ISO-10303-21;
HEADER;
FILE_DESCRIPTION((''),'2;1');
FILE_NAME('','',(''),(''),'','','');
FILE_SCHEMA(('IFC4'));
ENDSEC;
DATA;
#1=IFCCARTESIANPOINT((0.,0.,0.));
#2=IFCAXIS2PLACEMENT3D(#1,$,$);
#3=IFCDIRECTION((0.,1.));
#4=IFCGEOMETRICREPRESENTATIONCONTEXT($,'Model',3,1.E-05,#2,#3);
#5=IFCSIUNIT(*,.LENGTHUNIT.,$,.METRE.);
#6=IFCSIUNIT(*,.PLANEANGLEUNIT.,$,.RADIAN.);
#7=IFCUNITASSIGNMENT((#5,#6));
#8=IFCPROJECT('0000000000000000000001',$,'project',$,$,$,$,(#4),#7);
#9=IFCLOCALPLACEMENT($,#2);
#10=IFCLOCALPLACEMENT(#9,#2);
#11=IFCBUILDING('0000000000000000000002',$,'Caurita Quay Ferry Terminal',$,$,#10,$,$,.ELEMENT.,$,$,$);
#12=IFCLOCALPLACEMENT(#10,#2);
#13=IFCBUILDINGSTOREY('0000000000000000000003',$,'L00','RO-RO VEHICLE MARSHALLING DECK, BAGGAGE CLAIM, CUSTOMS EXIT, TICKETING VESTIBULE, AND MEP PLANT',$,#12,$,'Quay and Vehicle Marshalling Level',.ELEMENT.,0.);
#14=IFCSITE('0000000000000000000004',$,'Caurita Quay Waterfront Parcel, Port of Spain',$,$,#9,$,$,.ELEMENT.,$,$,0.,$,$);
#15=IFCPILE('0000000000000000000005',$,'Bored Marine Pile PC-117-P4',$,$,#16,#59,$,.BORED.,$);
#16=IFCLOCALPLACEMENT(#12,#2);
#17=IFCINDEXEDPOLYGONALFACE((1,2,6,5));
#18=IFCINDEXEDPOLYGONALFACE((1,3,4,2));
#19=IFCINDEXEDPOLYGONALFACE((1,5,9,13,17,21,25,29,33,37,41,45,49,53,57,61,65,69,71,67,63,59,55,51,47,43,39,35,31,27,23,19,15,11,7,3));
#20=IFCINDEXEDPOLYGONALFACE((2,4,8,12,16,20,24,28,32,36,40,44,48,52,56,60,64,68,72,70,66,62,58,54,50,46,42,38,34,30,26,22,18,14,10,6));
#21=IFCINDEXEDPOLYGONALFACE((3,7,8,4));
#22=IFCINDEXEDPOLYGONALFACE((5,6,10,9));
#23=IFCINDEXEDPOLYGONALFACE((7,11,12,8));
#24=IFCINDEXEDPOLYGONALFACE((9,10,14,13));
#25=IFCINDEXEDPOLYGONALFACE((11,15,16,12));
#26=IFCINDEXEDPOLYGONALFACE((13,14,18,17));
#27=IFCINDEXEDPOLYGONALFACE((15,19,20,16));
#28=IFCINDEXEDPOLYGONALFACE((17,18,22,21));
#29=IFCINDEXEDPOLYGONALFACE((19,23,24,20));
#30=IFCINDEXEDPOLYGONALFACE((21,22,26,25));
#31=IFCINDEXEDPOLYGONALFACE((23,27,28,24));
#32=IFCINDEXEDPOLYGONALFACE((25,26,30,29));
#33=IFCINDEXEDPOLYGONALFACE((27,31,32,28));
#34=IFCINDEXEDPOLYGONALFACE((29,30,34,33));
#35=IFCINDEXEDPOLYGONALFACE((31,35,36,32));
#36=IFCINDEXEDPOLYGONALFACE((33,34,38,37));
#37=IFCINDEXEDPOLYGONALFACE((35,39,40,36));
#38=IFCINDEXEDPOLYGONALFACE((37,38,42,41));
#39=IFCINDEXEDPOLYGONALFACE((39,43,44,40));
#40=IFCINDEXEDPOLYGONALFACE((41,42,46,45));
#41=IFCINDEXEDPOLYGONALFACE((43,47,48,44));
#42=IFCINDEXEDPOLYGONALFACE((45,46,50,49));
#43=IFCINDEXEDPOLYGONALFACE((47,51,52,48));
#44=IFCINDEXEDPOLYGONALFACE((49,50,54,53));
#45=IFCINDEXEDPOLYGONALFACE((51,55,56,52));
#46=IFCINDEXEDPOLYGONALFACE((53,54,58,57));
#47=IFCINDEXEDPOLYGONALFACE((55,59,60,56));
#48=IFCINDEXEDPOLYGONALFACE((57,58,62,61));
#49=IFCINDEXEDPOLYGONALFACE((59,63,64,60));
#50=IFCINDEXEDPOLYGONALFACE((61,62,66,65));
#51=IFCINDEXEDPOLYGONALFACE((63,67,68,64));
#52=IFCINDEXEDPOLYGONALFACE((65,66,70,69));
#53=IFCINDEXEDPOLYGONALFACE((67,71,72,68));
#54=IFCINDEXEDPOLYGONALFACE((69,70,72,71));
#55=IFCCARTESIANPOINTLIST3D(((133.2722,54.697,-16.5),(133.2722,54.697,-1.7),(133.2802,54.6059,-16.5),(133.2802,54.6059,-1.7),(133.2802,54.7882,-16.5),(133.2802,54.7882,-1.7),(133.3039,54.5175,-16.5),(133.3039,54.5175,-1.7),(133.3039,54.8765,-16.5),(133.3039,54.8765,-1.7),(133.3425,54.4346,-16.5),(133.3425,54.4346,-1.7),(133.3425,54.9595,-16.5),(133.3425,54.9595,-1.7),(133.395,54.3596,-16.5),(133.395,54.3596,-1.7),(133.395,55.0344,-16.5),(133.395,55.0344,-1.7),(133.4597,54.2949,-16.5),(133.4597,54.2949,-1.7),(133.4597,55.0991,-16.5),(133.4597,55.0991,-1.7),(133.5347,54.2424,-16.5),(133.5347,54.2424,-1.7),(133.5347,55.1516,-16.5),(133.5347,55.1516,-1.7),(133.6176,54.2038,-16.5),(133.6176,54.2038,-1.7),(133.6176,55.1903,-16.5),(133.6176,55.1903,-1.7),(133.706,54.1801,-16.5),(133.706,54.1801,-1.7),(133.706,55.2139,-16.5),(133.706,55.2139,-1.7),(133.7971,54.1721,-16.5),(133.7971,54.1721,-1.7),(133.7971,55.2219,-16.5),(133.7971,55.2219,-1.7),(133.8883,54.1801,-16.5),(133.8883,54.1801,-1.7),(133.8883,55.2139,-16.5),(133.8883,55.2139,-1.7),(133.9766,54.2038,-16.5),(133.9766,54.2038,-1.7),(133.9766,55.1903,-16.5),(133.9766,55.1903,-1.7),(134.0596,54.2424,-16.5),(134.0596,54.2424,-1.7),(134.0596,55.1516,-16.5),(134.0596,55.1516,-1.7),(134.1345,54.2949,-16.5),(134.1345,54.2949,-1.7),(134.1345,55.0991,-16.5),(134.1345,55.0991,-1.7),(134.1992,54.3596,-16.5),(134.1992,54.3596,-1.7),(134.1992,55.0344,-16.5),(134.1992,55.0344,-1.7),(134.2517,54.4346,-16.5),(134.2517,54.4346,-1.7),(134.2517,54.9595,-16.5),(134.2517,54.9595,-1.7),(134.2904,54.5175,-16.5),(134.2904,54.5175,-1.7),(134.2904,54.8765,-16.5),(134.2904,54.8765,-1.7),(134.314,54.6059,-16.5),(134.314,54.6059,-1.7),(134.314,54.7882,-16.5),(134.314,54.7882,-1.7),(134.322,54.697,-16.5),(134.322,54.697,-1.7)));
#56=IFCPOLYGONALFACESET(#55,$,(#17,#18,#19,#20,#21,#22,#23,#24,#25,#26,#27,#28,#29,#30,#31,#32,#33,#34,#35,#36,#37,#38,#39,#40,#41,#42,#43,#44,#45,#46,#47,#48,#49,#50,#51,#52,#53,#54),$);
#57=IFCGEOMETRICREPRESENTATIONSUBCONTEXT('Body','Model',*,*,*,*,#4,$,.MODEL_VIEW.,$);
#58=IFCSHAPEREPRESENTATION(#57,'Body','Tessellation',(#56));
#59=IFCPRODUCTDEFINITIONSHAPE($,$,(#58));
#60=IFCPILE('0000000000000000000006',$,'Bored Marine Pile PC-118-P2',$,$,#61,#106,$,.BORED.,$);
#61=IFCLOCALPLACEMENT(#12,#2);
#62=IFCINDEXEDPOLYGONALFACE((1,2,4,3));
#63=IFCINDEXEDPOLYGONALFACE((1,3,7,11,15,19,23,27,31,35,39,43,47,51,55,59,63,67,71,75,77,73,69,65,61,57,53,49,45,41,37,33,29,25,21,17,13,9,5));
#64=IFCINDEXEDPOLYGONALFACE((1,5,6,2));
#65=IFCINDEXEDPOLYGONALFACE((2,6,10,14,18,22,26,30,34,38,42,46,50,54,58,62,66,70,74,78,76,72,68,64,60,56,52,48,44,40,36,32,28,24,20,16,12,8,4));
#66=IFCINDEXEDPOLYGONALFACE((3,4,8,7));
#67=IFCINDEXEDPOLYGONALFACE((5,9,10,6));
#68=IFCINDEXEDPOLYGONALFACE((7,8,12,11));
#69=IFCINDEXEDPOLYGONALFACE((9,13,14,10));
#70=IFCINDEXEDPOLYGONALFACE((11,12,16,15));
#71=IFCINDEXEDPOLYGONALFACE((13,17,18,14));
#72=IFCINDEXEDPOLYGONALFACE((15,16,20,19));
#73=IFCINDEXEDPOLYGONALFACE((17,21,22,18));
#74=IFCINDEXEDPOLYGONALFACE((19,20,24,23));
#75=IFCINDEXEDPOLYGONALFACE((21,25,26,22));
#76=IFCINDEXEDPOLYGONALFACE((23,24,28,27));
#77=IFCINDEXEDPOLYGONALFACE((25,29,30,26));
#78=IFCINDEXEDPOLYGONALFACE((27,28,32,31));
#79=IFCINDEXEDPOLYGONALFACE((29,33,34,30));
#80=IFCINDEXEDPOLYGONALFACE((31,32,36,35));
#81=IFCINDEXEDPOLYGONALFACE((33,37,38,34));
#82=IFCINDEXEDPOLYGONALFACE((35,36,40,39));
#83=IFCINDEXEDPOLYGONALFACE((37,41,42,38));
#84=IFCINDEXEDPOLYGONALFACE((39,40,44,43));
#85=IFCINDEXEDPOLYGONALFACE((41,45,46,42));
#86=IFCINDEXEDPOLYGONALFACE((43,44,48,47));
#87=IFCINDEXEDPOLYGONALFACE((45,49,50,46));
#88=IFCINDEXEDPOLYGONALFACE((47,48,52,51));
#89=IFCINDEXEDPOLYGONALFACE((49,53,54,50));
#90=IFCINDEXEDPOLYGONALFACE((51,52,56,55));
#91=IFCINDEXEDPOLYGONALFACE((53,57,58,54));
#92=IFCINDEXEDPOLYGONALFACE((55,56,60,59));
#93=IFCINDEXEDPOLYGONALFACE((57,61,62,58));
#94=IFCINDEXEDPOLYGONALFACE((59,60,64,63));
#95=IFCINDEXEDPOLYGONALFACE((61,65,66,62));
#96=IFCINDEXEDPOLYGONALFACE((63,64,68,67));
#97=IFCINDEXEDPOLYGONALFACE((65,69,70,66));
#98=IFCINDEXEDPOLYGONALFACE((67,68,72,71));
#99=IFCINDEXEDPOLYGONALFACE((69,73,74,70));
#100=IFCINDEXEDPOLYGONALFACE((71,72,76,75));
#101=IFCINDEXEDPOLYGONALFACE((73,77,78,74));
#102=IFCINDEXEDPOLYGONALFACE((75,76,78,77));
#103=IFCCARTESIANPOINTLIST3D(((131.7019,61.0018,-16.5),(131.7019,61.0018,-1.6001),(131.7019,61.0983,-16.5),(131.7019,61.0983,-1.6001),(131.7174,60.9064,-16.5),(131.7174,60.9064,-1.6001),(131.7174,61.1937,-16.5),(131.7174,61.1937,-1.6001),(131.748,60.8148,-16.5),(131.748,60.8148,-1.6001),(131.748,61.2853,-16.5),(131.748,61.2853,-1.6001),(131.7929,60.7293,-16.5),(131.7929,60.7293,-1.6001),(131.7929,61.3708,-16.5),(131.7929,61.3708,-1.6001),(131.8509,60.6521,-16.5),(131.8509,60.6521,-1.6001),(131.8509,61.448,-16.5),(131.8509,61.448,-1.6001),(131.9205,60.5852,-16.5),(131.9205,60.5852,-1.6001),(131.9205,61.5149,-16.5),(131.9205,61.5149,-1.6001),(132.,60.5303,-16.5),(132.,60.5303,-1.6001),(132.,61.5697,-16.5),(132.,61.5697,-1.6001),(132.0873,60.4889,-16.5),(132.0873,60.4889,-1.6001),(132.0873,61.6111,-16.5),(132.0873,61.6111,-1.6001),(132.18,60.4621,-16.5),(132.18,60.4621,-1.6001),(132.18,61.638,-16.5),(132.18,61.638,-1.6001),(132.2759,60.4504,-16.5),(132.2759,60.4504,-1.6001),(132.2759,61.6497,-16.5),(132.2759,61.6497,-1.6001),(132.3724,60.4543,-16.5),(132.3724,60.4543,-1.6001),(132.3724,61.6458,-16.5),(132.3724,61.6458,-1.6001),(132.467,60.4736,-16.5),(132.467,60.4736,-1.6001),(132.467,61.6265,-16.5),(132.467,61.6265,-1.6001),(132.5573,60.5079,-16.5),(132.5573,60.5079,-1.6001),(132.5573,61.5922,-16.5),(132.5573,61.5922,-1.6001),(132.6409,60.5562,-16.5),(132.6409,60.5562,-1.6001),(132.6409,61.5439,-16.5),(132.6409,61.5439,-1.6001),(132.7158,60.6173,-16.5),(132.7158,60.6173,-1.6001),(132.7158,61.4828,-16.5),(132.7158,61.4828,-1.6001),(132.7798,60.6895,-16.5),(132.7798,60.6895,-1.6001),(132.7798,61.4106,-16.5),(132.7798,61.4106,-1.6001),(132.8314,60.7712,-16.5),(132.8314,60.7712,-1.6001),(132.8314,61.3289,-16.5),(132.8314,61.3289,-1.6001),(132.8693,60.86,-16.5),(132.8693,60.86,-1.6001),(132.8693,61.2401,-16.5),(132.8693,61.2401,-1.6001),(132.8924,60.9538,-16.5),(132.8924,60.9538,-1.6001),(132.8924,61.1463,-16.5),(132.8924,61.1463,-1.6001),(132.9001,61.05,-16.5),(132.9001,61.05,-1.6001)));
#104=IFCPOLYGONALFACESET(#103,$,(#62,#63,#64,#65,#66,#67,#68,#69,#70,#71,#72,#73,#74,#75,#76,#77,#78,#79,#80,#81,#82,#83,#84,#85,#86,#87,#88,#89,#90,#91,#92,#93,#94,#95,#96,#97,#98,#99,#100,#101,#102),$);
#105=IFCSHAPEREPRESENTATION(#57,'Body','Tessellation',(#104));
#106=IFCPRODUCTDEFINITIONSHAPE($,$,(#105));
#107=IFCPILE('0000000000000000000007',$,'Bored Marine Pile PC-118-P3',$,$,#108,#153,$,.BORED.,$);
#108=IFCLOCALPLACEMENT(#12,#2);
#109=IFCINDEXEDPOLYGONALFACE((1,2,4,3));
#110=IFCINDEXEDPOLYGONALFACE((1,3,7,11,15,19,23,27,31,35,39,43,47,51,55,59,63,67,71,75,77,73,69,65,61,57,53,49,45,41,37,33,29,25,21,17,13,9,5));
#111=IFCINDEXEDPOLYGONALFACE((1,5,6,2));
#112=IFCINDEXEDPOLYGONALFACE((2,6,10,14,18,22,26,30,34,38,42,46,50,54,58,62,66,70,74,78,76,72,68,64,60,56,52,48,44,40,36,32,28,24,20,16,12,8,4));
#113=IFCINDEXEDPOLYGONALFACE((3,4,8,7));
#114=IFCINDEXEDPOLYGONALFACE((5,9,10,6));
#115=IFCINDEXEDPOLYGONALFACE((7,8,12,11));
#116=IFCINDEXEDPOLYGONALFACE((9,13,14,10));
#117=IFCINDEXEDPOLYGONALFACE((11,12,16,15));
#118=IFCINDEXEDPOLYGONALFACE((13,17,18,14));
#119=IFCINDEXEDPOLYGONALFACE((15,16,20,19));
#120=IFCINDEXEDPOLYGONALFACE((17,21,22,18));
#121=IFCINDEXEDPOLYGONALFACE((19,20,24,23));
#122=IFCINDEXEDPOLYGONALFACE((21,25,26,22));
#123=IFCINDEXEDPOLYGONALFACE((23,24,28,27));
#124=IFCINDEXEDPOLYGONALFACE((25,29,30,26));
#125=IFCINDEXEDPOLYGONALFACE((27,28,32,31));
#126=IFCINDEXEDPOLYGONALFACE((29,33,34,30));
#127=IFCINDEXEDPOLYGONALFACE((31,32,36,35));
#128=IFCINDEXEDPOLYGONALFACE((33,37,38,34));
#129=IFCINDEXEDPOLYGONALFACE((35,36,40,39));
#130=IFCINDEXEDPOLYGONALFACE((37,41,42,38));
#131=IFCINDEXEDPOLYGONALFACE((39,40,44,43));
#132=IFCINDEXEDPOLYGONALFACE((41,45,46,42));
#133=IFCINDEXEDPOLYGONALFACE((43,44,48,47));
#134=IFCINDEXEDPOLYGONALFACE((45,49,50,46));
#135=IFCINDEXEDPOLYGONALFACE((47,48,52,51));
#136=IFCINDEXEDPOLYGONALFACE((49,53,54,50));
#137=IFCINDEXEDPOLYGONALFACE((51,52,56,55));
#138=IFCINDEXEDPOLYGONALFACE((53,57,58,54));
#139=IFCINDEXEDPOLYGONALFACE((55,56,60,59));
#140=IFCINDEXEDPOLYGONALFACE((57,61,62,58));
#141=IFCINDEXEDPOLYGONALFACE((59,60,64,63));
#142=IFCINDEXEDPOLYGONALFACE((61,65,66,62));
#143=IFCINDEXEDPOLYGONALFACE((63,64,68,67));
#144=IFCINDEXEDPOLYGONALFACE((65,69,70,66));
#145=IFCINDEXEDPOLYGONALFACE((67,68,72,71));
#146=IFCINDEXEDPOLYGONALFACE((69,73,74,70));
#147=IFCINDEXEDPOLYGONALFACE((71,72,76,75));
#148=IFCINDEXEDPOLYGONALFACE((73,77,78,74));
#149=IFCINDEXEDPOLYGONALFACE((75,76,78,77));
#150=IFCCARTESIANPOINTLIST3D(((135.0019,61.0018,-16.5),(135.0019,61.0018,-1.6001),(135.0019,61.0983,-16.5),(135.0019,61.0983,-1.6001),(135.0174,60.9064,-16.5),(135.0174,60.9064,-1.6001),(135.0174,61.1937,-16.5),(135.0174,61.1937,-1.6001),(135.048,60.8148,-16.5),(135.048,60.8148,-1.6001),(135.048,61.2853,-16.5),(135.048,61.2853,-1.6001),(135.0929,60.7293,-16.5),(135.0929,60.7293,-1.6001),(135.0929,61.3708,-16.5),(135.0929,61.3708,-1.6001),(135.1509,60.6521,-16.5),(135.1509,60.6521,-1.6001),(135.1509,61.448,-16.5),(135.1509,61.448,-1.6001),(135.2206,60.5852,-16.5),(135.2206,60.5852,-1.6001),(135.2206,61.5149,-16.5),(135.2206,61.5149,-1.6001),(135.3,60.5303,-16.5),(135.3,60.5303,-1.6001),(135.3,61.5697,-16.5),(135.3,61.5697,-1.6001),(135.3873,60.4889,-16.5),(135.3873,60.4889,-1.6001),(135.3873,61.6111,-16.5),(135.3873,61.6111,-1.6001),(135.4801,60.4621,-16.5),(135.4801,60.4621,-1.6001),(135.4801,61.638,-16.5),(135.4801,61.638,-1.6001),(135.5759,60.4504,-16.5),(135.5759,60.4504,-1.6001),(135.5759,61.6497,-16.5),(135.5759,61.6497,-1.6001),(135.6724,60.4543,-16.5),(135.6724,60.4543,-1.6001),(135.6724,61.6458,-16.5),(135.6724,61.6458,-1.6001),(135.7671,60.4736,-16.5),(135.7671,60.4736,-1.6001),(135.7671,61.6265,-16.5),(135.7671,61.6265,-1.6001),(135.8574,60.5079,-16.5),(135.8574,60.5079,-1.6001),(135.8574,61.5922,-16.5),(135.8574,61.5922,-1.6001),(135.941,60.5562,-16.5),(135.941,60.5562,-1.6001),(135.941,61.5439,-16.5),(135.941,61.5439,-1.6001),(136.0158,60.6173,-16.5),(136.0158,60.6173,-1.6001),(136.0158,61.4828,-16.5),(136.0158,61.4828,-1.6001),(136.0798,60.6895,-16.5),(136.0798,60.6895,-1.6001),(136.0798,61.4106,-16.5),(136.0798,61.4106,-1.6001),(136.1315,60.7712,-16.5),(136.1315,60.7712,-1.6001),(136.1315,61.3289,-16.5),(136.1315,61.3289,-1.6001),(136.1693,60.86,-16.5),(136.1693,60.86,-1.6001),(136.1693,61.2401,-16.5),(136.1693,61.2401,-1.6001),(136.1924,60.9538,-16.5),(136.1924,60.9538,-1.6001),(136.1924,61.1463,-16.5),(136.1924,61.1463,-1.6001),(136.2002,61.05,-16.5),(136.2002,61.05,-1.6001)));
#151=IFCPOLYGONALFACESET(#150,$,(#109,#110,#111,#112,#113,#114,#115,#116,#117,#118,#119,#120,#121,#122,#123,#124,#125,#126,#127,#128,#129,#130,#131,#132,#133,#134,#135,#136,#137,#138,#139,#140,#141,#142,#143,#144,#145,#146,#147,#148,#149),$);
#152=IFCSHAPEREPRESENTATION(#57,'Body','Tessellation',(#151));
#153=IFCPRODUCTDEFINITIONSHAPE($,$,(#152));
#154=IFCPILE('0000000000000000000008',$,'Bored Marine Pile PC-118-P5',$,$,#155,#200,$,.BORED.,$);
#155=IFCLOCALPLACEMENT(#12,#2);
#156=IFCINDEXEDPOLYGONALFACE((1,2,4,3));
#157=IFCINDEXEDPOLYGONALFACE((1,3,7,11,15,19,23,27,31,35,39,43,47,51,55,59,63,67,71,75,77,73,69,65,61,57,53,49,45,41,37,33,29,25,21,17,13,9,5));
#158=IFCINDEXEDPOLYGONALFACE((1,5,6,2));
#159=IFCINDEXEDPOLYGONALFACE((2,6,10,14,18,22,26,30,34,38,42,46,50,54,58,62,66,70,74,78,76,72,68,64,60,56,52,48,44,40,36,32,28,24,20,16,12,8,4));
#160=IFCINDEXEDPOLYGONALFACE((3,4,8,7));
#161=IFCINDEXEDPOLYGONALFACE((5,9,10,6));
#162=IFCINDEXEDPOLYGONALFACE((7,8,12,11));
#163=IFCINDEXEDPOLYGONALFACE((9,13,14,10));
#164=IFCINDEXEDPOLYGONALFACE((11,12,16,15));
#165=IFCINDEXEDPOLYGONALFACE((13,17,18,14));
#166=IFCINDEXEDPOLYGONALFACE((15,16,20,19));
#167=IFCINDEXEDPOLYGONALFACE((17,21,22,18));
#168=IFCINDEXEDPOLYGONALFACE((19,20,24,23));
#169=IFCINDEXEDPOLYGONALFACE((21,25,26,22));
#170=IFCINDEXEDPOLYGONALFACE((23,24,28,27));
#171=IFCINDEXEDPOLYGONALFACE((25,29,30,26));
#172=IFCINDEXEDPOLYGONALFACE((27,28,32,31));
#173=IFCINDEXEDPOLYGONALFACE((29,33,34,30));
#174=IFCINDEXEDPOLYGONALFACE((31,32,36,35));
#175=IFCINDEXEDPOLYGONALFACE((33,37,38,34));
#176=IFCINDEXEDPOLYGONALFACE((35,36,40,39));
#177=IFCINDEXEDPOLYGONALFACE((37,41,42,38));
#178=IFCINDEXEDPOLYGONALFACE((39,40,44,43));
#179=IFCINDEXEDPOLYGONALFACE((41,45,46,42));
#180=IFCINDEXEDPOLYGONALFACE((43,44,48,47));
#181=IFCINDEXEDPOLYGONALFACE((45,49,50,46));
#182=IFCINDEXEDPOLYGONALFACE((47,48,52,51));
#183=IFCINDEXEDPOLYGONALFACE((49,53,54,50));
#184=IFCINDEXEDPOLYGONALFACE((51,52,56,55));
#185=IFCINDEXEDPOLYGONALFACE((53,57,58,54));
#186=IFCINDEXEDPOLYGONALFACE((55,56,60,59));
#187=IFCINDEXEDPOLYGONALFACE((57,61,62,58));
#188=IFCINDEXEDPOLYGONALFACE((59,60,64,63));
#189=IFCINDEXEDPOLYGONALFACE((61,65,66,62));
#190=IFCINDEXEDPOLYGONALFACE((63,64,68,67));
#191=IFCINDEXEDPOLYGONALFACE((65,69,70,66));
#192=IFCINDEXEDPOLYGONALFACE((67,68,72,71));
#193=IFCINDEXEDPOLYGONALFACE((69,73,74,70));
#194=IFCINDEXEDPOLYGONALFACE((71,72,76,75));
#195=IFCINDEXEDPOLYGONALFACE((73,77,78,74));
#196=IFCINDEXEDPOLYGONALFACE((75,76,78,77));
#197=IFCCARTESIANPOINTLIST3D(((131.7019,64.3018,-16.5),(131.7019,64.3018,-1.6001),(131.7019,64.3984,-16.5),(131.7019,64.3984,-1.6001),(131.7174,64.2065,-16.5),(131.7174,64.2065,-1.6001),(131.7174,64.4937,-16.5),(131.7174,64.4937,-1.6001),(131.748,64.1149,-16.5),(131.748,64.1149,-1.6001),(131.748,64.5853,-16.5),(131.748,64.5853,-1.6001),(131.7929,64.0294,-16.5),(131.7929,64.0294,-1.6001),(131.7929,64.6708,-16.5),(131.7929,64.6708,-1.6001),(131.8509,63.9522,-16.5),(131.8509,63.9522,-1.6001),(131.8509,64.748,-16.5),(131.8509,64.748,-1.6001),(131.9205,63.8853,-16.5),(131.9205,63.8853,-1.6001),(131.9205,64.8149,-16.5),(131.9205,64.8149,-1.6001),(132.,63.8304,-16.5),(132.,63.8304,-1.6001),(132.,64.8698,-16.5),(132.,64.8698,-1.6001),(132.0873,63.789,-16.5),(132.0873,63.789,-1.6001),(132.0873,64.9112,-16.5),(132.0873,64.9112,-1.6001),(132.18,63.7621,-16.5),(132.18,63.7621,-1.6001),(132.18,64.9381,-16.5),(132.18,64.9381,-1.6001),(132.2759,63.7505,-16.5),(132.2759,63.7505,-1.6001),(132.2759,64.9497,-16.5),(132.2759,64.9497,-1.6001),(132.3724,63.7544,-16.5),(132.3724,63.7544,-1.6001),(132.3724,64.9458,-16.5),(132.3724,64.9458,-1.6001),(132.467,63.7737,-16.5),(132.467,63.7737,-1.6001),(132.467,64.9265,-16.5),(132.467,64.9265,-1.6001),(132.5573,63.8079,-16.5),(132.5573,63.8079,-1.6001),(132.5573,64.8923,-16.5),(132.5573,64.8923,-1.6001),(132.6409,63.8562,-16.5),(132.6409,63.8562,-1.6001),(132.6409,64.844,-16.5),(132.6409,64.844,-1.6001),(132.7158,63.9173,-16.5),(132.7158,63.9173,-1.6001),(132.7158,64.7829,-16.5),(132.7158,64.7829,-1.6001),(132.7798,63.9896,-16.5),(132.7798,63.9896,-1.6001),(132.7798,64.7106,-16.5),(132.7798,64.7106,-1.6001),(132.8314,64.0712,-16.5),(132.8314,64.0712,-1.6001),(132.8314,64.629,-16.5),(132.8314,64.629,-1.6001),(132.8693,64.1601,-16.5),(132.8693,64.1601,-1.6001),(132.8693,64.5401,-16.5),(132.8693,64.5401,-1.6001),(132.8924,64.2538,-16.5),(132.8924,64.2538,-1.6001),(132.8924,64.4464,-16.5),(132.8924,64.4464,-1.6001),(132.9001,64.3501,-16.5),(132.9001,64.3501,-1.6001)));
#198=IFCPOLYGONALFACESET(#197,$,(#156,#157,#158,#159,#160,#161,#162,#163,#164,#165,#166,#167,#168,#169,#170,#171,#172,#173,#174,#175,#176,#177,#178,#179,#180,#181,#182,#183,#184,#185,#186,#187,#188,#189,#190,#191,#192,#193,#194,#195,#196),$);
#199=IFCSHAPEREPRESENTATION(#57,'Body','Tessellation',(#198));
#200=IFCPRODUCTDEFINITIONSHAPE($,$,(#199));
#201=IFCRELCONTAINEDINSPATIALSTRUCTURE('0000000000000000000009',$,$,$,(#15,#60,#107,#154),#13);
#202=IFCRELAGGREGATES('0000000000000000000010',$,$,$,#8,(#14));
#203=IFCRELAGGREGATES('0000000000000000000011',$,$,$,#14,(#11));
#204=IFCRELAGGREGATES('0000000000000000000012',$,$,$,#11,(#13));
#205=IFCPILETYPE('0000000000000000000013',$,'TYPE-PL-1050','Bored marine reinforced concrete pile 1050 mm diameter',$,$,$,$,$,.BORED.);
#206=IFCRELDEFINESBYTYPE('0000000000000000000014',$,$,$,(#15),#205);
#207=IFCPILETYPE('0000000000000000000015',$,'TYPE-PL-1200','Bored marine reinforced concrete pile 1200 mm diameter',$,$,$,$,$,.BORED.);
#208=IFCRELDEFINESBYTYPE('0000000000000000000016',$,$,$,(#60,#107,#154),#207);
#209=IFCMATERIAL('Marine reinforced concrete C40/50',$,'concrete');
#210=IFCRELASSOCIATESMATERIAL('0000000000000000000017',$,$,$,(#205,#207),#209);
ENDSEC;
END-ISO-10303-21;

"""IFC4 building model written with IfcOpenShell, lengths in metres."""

from ifc_helpers import new_model, si_unit, direction, frame, origin, origin_2d, place, context, subcontext, project, spatial, circle, extrude, material, material_profile, profile_set, type_object, element, save


model = new_model("IFC4")

# Units and contexts
model_context = context("Model", 3, precision=1e-05, world=origin(), true_north=direction((0.0, 1.0)))
body_context = subcontext(model_context, "Body", "Model", "MODEL_VIEW")
ifc_project = project(units=[si_unit("LENGTHUNIT", "METRE"), si_unit("PLANEANGLEUNIT", "RADIAN")], contexts=[model_context])

# Site, building, storey
site_placement = place(None, origin())
site = spatial("IfcSite", under=ifc_project, at=site_placement, Name="Caurita Quay Waterfront Parcel, Port of Spain", CompositionType="ELEMENT", RefElevation=0.0)
building_placement = place(site_placement, origin())
building = spatial("IfcBuilding", under=site, at=building_placement, Name="Caurita Quay Ferry Terminal", CompositionType="ELEMENT")
storey_placement = place(building_placement, origin())
storey = spatial("IfcBuildingStorey", under=building, at=storey_placement, Name="L00", Description="RO-RO VEHICLE MARSHALLING DECK, BAGGAGE CLAIM, CUSTOMS EXIT, TICKETING VESTIBULE, AND MEP PLANT", LongName="Quay and Vehicle Marshalling Level", CompositionType="ELEMENT", Elevation=0.0)

# Piles
ifc_material_1 = material(Name="Marine reinforced concrete C40/50", Category="concrete")
ifc_material_profile_1 = material_profile(ifc_material_1, circle(Radius=0.5249, at=origin_2d()), Name="PILE-D1050")
ifc_profile_set_1 = profile_set([ifc_material_profile_1], Name="Marine reinforced concrete C40/50")
pile_type_1 = type_object("IfcPileType", Name="TYPE-PL-1050", Description="Bored marine reinforced concrete pile 1050 mm diameter", PredefinedType="BORED", material=ifc_profile_set_1)
pile_placement = place(storey_placement, frame((133.7971, 54.697, -1.7), z_axis=(0.0, 0.0, -1.0), x_axis=(1.0, 0.0, 0.0)))
element("IfcPile", 1, at=pile_placement, inside=storey, type_object=pile_type_1, Name="Bored Marine Pile PC-117-P4", PredefinedType="BORED", context=body_context, shape_type="SweptSolid", body=[
    extrude(circle(Radius=0.5249, at=origin_2d()), origin(), (0.0, 0.0, 1.0), 14.8),
])
ifc_material_profile_2 = material_profile(ifc_material_1, circle(Radius=0.6001, at=origin_2d()), Name="PILE-D1200")
ifc_profile_set_2 = profile_set([ifc_material_profile_2], Name="Marine reinforced concrete C40/50")
pile_type_2 = type_object("IfcPileType", Name="TYPE-PL-1200", Description="Bored marine reinforced concrete pile 1200 mm diameter", PredefinedType="BORED", material=ifc_profile_set_2)
for number, where, z_axis, x_axis, name in (
    (2, (132.3, 61.05, -1.6001), (0.0, 0.0, -1.0), (1.0, 0.0, 0.0), "Bored Marine Pile PC-118-P2"),
    (3, (135.6001, 61.05, -1.6001), (0.0, 0.0, -1.0), (1.0, 0.0, 0.0), "Bored Marine Pile PC-118-P3"),
    (4, (132.3, 64.3501, -1.6001), (0.0, 0.0, -1.0), (1.0, 0.0, 0.0), "Bored Marine Pile PC-118-P5"),
):
    element("IfcPile", number, at=place(storey_placement, frame(where, z_axis=z_axis, x_axis=x_axis)), inside=storey, type_object=pile_type_2, Name=name, PredefinedType="BORED", context=body_context, shape_type="SweptSolid", body=[
        extrude(circle(Radius=0.6001, at=origin_2d()), origin(), (0.0, 0.0, 1.0), 14.8999),
    ])

save(model, "model.ifc")
